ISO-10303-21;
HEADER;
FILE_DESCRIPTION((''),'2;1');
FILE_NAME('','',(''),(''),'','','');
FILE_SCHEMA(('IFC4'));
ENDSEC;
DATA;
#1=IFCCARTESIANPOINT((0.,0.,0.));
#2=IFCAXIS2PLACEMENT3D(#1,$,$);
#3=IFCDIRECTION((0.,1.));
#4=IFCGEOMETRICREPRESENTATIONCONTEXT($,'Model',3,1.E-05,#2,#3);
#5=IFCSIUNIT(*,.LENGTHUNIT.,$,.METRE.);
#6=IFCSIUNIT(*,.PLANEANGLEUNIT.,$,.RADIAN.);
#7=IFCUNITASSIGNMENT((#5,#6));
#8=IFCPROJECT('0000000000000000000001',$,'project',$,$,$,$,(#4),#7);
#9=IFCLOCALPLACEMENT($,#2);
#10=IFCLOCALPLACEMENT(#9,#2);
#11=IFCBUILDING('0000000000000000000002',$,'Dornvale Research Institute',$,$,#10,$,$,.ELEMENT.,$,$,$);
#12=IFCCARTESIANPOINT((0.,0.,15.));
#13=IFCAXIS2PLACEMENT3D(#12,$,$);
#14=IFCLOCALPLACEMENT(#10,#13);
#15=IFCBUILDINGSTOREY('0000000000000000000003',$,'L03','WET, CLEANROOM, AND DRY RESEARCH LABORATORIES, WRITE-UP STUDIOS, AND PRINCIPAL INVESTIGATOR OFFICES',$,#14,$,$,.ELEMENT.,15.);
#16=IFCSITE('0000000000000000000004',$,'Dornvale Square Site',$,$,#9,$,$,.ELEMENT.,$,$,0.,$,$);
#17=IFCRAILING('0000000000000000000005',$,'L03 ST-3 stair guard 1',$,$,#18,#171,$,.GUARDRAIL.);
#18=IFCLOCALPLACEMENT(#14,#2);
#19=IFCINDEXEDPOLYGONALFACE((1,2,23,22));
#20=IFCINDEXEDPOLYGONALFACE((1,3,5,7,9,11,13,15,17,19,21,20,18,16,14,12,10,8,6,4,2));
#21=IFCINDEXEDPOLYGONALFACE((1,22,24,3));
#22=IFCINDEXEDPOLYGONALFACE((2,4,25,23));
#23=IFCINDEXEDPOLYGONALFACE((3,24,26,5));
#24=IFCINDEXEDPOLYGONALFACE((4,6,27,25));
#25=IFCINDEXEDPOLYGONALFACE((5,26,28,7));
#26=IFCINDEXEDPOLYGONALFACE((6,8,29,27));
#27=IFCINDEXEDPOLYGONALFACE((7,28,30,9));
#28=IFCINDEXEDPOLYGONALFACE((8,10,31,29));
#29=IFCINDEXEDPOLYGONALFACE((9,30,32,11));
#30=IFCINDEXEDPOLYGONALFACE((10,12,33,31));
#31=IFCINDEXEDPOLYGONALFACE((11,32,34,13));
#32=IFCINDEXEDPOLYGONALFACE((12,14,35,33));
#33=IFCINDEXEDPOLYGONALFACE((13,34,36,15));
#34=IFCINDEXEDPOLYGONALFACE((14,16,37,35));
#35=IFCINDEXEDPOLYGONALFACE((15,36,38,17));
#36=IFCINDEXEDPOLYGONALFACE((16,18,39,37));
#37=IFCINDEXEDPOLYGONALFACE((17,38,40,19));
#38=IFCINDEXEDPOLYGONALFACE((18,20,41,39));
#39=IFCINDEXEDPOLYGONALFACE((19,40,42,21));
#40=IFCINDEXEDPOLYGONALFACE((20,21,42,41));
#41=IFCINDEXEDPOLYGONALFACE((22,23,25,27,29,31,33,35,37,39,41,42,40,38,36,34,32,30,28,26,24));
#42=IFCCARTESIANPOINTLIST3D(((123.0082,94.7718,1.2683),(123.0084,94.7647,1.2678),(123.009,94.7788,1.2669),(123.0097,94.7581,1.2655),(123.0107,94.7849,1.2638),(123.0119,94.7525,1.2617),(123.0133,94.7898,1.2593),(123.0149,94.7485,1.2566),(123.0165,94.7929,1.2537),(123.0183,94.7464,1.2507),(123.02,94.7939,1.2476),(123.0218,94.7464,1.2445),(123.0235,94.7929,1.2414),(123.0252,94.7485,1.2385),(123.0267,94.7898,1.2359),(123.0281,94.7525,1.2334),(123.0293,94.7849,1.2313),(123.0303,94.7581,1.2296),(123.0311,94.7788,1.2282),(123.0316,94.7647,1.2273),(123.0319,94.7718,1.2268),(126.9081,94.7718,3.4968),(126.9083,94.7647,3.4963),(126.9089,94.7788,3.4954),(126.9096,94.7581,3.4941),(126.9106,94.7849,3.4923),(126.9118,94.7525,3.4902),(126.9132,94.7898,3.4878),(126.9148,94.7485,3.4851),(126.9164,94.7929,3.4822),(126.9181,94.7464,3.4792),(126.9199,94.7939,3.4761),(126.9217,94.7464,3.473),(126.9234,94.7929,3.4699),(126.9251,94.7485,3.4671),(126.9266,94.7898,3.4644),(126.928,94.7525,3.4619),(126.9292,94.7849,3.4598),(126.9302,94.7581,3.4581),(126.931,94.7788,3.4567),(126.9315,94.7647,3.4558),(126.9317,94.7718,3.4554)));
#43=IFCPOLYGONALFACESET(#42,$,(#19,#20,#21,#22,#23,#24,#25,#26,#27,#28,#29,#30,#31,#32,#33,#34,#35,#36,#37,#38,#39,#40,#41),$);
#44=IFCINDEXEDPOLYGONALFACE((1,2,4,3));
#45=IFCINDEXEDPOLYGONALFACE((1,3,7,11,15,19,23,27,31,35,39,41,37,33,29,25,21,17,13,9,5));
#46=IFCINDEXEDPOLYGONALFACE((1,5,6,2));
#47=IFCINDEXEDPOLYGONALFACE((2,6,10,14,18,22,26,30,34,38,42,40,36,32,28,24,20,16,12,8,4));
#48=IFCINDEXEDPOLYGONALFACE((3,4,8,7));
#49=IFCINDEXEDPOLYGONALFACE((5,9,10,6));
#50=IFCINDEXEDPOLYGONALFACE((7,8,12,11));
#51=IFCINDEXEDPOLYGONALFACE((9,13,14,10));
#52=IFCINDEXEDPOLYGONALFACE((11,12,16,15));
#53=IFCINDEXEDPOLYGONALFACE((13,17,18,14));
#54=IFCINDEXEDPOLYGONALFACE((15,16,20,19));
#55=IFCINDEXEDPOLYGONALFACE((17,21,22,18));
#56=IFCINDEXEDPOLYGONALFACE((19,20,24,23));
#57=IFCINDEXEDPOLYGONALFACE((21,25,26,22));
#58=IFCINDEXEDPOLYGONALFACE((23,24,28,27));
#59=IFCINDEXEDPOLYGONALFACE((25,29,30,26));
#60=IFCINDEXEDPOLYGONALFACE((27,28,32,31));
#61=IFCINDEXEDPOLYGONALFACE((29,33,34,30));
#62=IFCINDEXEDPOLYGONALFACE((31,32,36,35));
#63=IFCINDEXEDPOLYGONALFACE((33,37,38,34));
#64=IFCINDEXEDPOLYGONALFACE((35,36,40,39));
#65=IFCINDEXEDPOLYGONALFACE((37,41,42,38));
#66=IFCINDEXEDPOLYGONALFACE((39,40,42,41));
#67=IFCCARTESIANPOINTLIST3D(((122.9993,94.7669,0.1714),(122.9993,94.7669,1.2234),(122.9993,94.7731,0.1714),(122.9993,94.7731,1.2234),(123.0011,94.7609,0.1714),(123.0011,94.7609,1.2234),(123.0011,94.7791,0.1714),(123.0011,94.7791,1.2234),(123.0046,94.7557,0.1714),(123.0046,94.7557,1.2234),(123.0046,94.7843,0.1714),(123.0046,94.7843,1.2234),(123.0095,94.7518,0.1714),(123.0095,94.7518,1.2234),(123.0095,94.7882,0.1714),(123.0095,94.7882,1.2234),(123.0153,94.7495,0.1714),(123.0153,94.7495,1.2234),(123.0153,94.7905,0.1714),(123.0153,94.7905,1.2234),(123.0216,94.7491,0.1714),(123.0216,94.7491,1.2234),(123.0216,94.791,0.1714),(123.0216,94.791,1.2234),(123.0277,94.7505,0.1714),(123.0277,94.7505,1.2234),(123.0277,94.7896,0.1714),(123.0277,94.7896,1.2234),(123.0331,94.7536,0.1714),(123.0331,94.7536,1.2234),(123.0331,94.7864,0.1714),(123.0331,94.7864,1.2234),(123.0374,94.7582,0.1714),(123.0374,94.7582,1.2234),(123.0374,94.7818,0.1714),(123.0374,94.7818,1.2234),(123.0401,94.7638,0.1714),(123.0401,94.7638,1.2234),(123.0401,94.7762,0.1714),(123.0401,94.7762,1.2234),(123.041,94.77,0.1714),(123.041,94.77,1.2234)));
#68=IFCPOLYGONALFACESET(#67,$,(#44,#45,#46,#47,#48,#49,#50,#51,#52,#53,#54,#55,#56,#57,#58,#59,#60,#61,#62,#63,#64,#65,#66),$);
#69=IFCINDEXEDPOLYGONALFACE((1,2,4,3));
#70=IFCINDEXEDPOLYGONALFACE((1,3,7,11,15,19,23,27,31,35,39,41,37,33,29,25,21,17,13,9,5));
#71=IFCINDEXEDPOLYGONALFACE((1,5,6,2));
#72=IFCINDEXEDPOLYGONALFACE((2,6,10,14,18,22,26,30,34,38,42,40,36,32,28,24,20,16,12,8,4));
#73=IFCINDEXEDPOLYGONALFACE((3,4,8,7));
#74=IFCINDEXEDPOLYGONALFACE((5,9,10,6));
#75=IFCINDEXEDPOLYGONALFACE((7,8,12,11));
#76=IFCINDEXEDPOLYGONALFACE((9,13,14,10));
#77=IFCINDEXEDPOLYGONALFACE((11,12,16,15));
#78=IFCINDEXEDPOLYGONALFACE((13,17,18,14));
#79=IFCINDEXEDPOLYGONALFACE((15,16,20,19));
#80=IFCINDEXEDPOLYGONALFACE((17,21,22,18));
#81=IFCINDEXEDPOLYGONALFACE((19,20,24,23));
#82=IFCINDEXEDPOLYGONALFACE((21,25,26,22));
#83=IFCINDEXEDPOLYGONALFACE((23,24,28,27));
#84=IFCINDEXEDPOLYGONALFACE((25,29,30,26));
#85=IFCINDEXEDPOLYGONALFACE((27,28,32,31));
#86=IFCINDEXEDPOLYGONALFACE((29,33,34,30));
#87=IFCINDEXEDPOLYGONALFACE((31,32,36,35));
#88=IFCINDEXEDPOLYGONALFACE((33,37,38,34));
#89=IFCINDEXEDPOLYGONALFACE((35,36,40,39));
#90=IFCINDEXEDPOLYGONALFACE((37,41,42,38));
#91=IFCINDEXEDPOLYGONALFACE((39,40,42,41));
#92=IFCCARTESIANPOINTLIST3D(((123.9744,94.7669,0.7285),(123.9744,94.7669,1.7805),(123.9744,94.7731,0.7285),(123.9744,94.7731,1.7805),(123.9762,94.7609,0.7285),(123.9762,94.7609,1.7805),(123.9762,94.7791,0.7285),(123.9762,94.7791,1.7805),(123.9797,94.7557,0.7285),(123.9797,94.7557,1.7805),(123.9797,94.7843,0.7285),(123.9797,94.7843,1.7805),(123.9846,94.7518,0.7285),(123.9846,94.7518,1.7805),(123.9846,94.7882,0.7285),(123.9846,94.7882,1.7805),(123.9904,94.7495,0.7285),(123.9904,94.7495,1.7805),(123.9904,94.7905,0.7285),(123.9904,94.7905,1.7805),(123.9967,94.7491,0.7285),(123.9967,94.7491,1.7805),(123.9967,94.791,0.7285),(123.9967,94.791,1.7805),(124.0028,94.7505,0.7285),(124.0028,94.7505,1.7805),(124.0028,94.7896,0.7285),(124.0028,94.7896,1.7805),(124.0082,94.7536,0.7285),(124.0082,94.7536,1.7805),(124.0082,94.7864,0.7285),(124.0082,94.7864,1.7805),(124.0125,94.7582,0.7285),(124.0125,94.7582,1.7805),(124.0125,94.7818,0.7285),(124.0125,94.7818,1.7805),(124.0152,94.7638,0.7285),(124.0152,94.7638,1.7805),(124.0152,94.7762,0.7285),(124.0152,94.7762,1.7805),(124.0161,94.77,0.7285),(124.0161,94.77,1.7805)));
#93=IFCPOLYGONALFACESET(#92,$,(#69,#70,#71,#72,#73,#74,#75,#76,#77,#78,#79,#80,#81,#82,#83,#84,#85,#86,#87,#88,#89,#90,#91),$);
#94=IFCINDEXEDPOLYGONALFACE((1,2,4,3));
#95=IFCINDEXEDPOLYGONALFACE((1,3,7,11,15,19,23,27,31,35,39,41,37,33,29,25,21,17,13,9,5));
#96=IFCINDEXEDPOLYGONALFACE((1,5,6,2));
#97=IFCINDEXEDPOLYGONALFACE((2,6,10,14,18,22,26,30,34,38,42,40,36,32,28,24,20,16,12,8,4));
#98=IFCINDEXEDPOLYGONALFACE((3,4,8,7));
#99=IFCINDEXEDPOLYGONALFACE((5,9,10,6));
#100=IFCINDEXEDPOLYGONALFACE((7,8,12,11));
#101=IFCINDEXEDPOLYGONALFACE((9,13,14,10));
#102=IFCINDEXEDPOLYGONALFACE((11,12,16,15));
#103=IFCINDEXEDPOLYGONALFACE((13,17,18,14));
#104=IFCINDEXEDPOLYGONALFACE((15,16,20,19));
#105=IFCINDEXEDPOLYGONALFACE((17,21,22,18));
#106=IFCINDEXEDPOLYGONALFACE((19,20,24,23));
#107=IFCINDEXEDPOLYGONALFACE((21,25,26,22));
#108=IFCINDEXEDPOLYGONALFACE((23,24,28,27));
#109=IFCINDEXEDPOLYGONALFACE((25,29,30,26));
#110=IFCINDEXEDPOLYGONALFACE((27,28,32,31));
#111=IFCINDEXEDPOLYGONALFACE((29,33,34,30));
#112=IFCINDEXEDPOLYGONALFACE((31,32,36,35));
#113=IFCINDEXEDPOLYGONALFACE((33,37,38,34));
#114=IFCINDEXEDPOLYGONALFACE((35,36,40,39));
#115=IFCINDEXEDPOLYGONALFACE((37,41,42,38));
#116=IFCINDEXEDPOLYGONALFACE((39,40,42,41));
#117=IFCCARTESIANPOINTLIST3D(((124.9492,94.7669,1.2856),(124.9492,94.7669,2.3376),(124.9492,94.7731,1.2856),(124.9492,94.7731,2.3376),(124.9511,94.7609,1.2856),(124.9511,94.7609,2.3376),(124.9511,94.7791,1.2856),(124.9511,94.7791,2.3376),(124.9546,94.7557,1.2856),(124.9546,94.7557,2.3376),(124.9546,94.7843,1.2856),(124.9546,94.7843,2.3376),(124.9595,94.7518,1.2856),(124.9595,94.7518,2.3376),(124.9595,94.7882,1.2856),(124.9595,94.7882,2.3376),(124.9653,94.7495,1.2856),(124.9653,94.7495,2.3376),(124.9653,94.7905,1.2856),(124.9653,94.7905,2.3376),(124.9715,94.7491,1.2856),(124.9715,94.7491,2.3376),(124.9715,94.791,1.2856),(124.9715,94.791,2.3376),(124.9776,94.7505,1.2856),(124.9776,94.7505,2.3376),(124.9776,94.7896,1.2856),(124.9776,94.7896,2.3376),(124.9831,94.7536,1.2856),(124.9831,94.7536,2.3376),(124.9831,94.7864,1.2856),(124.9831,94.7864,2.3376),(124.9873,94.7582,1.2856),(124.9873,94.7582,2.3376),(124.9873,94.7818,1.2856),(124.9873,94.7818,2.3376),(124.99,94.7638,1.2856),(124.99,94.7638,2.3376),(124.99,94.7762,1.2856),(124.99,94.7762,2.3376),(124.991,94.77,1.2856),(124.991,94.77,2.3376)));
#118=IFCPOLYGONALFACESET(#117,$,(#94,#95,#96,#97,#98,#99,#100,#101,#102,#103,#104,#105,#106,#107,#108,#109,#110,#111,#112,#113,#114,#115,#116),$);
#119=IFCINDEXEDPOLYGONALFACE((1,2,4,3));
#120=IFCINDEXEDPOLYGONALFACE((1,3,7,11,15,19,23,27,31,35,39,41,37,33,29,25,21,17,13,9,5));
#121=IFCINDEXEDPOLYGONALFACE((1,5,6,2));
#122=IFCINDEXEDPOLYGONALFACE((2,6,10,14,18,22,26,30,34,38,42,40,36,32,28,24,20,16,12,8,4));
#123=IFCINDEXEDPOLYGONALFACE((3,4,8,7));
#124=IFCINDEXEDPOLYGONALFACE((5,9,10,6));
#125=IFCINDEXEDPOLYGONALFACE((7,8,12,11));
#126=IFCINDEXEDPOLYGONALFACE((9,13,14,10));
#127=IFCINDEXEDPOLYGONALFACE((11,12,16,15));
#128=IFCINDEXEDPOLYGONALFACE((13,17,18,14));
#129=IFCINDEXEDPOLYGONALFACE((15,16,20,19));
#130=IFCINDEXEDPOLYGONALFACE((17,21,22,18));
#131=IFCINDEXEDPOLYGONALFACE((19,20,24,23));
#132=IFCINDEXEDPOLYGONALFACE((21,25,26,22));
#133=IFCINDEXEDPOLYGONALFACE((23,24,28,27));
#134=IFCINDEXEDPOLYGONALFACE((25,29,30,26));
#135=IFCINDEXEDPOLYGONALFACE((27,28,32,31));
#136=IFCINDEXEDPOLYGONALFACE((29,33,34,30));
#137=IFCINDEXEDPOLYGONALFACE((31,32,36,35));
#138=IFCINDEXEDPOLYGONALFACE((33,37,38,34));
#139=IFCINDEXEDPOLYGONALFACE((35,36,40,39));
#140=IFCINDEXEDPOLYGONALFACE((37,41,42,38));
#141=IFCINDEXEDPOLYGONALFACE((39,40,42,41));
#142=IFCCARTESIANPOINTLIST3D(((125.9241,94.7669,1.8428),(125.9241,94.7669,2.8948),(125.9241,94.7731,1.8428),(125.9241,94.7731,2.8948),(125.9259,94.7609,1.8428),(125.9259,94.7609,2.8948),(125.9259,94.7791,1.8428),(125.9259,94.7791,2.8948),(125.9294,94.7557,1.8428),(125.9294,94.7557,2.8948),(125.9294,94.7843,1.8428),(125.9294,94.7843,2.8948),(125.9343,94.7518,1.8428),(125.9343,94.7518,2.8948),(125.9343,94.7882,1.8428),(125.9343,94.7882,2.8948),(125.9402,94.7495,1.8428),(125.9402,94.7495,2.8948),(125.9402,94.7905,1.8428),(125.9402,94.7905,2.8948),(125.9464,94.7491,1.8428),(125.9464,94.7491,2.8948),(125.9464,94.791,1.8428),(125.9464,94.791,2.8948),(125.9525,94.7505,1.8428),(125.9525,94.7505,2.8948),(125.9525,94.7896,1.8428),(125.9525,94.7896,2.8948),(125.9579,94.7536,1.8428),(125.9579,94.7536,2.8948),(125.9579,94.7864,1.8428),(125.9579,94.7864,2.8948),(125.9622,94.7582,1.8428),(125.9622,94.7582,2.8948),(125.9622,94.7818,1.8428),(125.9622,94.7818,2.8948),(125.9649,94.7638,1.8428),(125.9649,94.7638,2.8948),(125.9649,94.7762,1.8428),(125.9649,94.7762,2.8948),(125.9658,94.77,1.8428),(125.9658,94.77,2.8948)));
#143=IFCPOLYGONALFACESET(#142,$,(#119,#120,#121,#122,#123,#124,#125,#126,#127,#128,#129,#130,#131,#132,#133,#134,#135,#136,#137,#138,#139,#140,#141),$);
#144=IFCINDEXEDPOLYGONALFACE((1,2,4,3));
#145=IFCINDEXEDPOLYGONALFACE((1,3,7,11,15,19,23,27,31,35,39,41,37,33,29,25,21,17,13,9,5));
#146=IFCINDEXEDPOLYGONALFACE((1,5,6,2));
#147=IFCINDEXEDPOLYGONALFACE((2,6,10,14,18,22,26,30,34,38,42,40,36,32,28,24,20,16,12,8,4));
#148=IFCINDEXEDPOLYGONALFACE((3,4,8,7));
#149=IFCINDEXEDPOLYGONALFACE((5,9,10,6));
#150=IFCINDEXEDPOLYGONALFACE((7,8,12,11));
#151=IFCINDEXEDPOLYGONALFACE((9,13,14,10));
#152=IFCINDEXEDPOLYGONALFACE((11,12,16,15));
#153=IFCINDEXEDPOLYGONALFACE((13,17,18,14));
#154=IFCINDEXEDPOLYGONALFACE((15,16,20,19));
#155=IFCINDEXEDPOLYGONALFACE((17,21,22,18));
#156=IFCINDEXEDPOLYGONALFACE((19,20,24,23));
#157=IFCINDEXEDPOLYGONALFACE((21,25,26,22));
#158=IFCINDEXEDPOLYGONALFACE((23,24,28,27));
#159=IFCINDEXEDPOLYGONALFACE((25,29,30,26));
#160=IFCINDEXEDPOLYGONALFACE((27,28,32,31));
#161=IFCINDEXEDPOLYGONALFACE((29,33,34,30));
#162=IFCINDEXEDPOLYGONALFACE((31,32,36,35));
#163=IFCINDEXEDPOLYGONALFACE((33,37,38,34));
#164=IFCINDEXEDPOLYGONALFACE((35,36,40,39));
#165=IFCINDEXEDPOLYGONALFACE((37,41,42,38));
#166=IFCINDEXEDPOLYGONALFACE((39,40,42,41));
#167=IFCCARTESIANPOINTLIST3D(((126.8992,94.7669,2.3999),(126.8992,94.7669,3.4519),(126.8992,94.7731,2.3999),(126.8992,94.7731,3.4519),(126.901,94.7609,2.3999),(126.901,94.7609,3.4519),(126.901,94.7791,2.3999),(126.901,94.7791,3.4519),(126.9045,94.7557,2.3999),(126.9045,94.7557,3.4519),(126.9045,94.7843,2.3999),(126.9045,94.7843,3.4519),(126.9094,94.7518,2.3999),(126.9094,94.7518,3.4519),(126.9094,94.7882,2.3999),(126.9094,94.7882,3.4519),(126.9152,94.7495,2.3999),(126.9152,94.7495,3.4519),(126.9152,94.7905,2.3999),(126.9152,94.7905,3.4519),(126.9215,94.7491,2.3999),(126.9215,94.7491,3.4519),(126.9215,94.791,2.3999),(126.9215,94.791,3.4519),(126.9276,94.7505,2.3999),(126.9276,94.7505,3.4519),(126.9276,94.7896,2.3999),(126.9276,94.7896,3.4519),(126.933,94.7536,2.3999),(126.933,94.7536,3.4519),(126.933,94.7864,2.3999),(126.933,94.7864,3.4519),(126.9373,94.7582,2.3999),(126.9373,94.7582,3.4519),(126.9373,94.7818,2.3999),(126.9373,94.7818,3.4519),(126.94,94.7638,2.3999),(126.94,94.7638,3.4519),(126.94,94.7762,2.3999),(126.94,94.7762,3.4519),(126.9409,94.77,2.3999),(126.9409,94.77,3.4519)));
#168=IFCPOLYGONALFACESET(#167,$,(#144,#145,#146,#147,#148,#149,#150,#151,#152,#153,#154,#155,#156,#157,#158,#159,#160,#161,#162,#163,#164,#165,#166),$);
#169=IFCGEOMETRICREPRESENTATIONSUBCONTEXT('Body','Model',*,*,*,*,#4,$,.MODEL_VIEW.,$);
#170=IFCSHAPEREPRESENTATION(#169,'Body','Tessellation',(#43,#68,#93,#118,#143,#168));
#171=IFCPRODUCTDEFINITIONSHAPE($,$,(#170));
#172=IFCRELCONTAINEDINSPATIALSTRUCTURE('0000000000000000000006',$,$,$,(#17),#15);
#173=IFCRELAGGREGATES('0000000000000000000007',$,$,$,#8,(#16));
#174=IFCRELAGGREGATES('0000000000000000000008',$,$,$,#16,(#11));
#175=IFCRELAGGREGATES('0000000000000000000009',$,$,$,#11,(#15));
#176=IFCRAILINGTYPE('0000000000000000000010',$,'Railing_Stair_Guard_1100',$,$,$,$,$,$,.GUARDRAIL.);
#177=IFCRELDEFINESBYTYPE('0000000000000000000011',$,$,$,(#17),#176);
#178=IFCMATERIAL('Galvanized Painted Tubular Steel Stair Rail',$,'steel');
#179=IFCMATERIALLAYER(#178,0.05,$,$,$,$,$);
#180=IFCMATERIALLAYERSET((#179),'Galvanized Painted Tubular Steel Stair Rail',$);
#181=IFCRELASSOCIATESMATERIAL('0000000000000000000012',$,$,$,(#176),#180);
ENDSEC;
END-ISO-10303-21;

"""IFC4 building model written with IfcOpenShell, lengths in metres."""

from ifc_helpers import new_model, si_unit, direction, frame, origin, origin_2d, place, context, subcontext, project, spatial, circle, extrude, material, layer, layer_set, type_object, element, save


model = new_model("IFC4")

# Units and contexts
model_context = context("Model", 3, precision=1e-05, world=origin(), true_north=direction((0.0, 1.0)))
body_context = subcontext(model_context, "Body", "Model", "MODEL_VIEW")
ifc_project = project(units=[si_unit("LENGTHUNIT", "METRE"), si_unit("PLANEANGLEUNIT", "RADIAN")], contexts=[model_context])

# Site, building, storey
site_placement = place(None, origin())
site = spatial("IfcSite", under=ifc_project, at=site_placement, Name="Dornvale Square Site", CompositionType="ELEMENT", RefElevation=0.0)
building_placement = place(site_placement, origin())
building = spatial("IfcBuilding", under=site, at=building_placement, Name="Dornvale Research Institute", CompositionType="ELEMENT")
storey_placement = place(building_placement, frame((0.0, 0.0, 15.0)))
storey = spatial("IfcBuildingStorey", under=building, at=storey_placement, Name="L03", Description="WET, CLEANROOM, AND DRY RESEARCH LABORATORIES, WRITE-UP STUDIOS, AND PRINCIPAL INVESTIGATOR OFFICES", CompositionType="ELEMENT", Elevation=15.0)

# Railing
ifc_material_1 = material(Name="Galvanized Painted Tubular Steel Stair Rail", Category="steel")
ifc_layer_1 = layer(ifc_material_1, 0.05)
ifc_layer_set_1 = layer_set([ifc_layer_1], Name="Galvanized Painted Tubular Steel Stair Rail")
railing_type_1 = type_object("IfcRailingType", Name="Railing_Stair_Guard_1100", PredefinedType="GUARDRAIL", material=ifc_layer_set_1)
railing_1_placement = place(storey_placement, frame((123.02, 94.77, 0.1714)))
element("IfcRailing", 1, at=railing_1_placement, inside=storey, type_object=railing_type_1, Name="L03 ST-3 stair guard 1", PredefinedType="GUARDRAIL", context=body_context, shape_type="SweptSolid", body=[
    extrude(circle(Radius=0.0239, at=origin_2d()), frame((0.0, 0.0, 1.0762), z_axis=(0.868243, 0.0, 0.496139), x_axis=(0.0, 1.0, 0.0)), (0.0, 0.0, 1.0), 4.4917),
    extrude(circle(Radius=0.021, at=origin_2d()), origin(), (0.0, 0.0, 1.0), 1.052),
    extrude(circle(Radius=0.021, at=origin_2d()), frame((0.9751, 0.0, 0.5571)), (0.0, 0.0, 1.0), 1.052),
    extrude(circle(Radius=0.021, at=origin_2d()), frame((1.95, 0.0, 1.1143)), (0.0, 0.0, 1.0), 1.052),
    extrude(circle(Radius=0.021, at=origin_2d()), frame((2.9248, 0.0, 1.6714)), (0.0, 0.0, 1.0), 1.052),
    extrude(circle(Radius=0.021, at=origin_2d()), frame((3.8999, 0.0, 2.2285)), (0.0, 0.0, 1.0), 1.052),
])

save(model, "model.ifc")
